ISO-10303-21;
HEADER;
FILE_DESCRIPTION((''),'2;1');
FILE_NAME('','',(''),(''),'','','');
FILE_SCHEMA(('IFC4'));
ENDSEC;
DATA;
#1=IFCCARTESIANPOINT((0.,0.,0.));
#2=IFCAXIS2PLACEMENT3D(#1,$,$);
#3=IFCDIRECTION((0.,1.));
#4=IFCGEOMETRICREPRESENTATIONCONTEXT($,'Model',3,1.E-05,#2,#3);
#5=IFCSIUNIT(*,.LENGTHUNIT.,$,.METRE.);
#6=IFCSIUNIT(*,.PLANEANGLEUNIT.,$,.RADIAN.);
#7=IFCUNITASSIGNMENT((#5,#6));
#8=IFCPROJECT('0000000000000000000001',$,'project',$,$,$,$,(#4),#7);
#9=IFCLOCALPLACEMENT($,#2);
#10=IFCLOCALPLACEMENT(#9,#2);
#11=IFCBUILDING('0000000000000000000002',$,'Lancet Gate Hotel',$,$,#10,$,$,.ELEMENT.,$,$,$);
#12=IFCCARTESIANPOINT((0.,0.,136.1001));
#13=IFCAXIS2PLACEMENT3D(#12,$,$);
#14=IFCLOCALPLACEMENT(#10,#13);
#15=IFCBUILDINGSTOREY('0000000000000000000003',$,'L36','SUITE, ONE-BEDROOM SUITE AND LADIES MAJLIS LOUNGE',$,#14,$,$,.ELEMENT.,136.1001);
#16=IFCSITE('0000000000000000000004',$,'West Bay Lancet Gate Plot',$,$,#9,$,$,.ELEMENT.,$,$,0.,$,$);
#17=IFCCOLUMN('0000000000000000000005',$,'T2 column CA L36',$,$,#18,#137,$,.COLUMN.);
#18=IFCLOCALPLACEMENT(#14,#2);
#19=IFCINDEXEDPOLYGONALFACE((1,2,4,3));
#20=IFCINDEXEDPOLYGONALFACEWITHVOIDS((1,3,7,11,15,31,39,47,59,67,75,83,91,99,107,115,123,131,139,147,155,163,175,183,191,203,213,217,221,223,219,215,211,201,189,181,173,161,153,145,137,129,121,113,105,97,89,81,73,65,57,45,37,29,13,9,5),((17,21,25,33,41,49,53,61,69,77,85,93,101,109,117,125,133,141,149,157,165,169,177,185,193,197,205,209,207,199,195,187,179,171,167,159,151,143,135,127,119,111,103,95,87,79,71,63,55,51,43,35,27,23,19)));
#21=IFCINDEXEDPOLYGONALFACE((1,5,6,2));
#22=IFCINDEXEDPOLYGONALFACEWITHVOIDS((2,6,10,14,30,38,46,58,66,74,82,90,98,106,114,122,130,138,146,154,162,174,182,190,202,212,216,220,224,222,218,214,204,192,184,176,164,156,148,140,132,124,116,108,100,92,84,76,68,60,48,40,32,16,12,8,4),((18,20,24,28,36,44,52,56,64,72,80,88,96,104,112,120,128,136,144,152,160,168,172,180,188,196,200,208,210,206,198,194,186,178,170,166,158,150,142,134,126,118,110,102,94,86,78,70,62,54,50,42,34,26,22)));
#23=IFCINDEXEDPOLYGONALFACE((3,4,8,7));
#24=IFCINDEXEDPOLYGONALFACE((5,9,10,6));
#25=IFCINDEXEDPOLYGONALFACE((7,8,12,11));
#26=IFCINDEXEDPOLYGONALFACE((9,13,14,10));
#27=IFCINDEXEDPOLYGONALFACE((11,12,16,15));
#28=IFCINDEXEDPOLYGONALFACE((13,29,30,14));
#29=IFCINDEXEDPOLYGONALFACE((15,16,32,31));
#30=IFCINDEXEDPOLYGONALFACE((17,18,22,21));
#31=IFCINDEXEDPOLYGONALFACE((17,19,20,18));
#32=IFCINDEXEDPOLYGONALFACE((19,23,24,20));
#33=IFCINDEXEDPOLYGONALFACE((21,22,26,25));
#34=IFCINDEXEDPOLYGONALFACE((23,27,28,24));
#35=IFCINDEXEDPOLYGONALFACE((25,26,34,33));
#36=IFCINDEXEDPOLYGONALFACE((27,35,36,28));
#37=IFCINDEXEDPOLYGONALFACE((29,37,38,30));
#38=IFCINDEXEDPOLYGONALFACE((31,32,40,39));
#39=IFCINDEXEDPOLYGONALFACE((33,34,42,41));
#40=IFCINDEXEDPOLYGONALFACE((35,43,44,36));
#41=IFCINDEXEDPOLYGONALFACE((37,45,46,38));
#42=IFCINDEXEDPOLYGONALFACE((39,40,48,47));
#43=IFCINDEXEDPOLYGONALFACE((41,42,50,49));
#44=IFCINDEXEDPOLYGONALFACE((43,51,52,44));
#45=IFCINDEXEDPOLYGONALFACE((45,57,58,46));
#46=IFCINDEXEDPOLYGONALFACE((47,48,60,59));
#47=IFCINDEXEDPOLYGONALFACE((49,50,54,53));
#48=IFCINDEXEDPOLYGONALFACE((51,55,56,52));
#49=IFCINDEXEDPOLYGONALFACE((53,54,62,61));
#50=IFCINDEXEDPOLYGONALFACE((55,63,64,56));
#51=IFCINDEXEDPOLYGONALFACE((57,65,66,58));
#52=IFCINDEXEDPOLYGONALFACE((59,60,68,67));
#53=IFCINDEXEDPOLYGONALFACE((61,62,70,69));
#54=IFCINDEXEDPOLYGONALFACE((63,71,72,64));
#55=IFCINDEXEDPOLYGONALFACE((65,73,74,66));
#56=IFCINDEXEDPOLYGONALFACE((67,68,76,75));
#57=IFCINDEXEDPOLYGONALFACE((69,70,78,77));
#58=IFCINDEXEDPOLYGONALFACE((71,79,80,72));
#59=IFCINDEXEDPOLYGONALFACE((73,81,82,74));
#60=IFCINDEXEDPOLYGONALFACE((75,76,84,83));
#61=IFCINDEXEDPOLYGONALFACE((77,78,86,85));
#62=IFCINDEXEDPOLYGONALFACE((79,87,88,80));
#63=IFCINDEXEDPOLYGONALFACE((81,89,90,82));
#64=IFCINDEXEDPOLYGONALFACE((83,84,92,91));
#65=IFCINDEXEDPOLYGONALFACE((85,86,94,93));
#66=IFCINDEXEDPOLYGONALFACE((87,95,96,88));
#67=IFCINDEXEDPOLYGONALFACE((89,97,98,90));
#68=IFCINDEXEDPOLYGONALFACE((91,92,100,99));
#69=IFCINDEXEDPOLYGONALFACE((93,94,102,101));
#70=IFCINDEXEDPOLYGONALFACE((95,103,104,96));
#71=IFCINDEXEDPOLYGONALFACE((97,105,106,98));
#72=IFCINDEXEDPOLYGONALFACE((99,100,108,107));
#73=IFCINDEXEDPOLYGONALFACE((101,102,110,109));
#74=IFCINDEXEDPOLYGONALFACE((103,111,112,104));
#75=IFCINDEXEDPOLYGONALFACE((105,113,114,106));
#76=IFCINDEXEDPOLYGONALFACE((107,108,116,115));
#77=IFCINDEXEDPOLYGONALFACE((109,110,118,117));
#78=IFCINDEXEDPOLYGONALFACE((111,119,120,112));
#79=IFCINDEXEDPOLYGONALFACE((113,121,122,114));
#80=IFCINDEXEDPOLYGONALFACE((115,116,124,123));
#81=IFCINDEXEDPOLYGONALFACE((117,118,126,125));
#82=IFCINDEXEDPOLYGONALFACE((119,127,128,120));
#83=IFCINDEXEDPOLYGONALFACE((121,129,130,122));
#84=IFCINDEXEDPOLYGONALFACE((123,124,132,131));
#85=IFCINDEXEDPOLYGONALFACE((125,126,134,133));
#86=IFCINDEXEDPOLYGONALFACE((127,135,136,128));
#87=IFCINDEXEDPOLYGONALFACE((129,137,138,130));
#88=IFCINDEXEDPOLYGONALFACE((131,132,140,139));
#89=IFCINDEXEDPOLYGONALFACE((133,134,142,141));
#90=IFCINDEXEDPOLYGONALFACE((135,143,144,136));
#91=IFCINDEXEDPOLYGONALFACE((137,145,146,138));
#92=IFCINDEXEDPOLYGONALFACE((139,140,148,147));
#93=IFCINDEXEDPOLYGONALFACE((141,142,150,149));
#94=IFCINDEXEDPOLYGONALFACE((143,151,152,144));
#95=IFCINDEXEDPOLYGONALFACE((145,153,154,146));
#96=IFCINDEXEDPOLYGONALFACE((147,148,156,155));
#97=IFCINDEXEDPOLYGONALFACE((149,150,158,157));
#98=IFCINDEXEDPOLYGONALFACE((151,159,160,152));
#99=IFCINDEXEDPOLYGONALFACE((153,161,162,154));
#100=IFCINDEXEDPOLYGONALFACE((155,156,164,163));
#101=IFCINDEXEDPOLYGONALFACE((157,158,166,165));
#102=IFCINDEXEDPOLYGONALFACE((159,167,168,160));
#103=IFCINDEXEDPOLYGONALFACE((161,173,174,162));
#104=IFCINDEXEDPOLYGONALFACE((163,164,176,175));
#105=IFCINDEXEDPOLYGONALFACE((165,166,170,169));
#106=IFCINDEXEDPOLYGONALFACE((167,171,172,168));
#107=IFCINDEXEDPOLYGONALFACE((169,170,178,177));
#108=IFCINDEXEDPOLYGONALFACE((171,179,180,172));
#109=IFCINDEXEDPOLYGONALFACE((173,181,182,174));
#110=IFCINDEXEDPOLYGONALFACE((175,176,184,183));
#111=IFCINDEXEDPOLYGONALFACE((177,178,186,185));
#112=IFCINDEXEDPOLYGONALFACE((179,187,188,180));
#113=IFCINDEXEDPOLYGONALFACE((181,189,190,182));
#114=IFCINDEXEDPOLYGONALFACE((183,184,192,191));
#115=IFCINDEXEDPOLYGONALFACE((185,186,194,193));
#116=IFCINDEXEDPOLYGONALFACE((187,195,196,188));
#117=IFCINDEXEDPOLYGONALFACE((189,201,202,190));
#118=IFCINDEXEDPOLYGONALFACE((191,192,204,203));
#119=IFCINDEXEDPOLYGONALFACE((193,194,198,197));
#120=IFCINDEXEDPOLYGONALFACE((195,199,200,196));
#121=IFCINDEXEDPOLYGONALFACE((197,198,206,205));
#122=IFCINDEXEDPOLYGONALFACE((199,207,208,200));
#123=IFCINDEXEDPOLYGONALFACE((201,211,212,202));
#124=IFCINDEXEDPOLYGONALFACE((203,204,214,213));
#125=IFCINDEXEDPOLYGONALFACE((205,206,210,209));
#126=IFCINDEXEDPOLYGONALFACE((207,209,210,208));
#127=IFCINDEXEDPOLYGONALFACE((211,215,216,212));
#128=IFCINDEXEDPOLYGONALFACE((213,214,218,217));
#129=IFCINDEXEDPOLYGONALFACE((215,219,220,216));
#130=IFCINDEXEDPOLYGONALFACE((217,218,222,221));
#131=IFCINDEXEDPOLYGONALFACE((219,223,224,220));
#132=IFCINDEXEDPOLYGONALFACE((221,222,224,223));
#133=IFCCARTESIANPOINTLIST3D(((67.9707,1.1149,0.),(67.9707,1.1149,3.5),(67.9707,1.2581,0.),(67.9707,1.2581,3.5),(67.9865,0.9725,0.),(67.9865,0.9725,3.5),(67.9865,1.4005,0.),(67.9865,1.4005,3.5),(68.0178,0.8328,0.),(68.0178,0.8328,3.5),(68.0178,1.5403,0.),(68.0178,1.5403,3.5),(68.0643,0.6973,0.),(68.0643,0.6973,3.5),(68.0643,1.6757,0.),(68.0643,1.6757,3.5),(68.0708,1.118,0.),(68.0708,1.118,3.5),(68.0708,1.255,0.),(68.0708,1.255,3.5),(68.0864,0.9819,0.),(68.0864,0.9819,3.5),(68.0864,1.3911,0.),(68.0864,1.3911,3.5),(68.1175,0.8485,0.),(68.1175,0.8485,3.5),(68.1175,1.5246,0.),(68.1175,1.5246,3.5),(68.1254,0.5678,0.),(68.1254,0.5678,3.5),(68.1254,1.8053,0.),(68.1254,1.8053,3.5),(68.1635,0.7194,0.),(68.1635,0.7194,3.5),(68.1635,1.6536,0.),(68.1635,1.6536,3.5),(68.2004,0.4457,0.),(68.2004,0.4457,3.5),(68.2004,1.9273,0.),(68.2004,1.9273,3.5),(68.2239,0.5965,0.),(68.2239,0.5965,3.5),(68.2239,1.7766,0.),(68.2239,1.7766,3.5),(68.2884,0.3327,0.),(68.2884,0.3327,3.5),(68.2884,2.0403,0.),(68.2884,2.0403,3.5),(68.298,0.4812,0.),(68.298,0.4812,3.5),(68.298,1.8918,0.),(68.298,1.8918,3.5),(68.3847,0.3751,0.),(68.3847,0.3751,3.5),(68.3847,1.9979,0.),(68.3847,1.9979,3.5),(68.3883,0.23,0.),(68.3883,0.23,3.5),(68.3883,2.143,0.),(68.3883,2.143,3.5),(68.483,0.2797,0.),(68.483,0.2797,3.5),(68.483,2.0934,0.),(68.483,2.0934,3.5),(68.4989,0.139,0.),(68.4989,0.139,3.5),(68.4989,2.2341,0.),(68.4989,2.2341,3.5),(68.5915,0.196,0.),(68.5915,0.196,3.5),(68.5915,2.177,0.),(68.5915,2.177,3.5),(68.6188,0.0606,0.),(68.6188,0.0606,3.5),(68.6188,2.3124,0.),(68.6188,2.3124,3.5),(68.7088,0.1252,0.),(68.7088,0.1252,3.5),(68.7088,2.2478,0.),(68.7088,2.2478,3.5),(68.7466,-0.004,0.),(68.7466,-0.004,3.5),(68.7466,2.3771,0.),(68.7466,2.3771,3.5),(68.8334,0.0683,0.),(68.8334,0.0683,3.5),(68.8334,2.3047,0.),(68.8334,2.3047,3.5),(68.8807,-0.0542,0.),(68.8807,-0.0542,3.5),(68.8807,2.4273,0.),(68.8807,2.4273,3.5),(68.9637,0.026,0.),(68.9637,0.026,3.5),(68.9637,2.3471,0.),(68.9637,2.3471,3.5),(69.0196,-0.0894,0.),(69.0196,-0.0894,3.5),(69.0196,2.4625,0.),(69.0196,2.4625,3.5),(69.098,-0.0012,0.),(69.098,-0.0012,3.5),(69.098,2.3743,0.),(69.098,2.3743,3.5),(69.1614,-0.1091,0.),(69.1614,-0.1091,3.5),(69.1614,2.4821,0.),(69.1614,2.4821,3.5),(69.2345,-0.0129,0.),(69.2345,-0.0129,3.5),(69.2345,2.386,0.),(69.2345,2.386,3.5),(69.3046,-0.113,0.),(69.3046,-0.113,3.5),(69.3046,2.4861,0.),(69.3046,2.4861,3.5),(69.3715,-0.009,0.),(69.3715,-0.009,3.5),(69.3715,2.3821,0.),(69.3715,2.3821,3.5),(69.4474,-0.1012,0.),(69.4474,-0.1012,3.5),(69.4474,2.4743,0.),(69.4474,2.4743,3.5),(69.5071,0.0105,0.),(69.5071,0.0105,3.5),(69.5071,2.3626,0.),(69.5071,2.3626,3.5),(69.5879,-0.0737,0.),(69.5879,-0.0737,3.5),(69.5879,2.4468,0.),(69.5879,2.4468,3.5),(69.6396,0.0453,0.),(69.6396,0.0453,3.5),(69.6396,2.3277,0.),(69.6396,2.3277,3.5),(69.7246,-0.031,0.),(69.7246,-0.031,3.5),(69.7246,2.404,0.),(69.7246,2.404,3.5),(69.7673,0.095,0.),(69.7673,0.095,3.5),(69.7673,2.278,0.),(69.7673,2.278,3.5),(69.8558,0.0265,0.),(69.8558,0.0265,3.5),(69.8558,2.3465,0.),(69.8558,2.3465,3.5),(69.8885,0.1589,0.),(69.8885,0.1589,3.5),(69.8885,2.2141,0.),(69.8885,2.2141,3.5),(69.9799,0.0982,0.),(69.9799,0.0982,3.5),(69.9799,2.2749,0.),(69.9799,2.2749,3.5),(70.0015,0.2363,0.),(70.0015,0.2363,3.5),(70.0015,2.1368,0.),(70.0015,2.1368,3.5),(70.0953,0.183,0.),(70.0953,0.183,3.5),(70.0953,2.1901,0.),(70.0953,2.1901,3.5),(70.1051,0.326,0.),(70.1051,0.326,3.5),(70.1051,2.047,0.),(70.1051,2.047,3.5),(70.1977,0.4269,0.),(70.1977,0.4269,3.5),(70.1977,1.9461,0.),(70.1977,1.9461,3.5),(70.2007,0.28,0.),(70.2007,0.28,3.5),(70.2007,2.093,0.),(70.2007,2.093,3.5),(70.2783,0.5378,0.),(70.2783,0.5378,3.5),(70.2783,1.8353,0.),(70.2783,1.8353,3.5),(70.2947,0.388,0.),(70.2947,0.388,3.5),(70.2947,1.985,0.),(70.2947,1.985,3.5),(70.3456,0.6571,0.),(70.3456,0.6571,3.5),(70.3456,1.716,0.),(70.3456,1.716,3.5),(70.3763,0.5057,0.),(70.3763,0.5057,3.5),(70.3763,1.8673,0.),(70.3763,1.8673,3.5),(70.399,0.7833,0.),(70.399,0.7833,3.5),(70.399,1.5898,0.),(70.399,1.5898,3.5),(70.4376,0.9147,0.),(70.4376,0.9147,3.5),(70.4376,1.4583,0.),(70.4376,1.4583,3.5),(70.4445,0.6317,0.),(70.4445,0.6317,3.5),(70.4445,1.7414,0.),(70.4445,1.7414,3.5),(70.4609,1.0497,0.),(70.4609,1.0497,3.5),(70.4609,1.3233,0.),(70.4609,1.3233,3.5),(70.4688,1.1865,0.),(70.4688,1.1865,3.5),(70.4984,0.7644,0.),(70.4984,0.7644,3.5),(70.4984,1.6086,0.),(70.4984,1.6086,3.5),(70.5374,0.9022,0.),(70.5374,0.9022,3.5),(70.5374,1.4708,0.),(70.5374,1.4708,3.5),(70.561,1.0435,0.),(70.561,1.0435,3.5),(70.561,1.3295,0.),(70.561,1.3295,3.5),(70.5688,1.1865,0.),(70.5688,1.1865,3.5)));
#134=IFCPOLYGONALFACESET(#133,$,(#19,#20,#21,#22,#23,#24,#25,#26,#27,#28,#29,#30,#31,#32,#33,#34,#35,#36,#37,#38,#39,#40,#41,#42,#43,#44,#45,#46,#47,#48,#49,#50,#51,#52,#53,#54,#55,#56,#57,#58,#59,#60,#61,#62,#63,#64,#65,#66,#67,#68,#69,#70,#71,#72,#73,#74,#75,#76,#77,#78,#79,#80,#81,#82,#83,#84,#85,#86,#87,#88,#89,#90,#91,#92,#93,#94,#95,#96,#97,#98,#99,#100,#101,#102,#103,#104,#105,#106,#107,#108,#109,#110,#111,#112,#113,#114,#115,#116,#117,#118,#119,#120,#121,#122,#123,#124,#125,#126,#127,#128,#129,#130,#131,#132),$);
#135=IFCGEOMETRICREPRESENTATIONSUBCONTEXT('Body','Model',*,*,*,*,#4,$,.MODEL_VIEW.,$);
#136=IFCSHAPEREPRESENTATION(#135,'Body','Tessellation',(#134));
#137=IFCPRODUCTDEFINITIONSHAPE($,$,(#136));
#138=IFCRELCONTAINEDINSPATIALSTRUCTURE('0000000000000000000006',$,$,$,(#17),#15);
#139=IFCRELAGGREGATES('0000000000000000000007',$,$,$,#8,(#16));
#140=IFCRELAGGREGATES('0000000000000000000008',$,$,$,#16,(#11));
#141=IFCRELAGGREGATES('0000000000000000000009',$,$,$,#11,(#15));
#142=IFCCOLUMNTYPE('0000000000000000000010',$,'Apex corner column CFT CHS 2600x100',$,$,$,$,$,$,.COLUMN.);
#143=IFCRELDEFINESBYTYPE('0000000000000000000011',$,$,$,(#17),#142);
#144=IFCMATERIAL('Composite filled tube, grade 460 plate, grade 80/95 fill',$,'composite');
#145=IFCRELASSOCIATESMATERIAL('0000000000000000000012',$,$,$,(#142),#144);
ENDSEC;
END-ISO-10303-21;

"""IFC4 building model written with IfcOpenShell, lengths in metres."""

from ifc_helpers import new_model, si_unit, direction, frame, origin, origin_2d, place, context, subcontext, project, spatial, hollow_circle, extrude, material, material_profile, profile_set, type_object, element, save


model = new_model("IFC4")

# Units and contexts
model_context = context("Model", 3, precision=1e-05, world=origin(), true_north=direction((0.0, 1.0)))
body_context = subcontext(model_context, "Body", "Model", "MODEL_VIEW")
ifc_project = project(units=[si_unit("LENGTHUNIT", "METRE"), si_unit("PLANEANGLEUNIT", "RADIAN")], contexts=[model_context])

# Site, building, storey
site_placement = place(None, origin())
site = spatial("IfcSite", under=ifc_project, at=site_placement, Name="West Bay Lancet Gate Plot", CompositionType="ELEMENT", RefElevation=0.0)
building_placement = place(site_placement, origin())
building = spatial("IfcBuilding", under=site, at=building_placement, Name="Lancet Gate Hotel", CompositionType="ELEMENT")
storey_placement = place(building_placement, frame((0.0, 0.0, 136.1001)))
storey = spatial("IfcBuildingStorey", under=building, at=storey_placement, Name="L36", Description="SUITE, ONE-BEDROOM SUITE AND LADIES MAJLIS LOUNGE", CompositionType="ELEMENT", Elevation=136.1001)

# Column
ifc_material_1 = material(Name="Composite filled tube, grade 460 plate, grade 80/95 fill", Category="composite")
ifc_material_profile_1 = material_profile(ifc_material_1, hollow_circle(Radius=1.3, WallThickness=0.1001, at=origin_2d()), Name="CHS 2600x100")
ifc_profile_set_1 = profile_set([ifc_material_profile_1], Name="Composite filled tube, grade 460 plate, grade 80/95 fill")
column_type_1 = type_object("IfcColumnType", Name="Apex corner column CFT CHS 2600x100", PredefinedType="COLUMN", material=ifc_profile_set_1)
column_1_placement = place(storey_placement, frame((69.2688, 1.1865, 0.0), z_axis=(0.0, 0.0, 1.0), x_axis=(1.0, 0.0, 0.0)))
element("IfcColumn", 1, at=column_1_placement, inside=storey, type_object=column_type_1, Name="T2 column CA L36", PredefinedType="COLUMN", context=body_context, shape_type="SweptSolid", body=[
    extrude(hollow_circle(Radius=1.3, WallThickness=0.1001, at=origin_2d()), origin(), (0.0, 0.0, 1.0), 3.5),
])

save(model, "model.ifc")
